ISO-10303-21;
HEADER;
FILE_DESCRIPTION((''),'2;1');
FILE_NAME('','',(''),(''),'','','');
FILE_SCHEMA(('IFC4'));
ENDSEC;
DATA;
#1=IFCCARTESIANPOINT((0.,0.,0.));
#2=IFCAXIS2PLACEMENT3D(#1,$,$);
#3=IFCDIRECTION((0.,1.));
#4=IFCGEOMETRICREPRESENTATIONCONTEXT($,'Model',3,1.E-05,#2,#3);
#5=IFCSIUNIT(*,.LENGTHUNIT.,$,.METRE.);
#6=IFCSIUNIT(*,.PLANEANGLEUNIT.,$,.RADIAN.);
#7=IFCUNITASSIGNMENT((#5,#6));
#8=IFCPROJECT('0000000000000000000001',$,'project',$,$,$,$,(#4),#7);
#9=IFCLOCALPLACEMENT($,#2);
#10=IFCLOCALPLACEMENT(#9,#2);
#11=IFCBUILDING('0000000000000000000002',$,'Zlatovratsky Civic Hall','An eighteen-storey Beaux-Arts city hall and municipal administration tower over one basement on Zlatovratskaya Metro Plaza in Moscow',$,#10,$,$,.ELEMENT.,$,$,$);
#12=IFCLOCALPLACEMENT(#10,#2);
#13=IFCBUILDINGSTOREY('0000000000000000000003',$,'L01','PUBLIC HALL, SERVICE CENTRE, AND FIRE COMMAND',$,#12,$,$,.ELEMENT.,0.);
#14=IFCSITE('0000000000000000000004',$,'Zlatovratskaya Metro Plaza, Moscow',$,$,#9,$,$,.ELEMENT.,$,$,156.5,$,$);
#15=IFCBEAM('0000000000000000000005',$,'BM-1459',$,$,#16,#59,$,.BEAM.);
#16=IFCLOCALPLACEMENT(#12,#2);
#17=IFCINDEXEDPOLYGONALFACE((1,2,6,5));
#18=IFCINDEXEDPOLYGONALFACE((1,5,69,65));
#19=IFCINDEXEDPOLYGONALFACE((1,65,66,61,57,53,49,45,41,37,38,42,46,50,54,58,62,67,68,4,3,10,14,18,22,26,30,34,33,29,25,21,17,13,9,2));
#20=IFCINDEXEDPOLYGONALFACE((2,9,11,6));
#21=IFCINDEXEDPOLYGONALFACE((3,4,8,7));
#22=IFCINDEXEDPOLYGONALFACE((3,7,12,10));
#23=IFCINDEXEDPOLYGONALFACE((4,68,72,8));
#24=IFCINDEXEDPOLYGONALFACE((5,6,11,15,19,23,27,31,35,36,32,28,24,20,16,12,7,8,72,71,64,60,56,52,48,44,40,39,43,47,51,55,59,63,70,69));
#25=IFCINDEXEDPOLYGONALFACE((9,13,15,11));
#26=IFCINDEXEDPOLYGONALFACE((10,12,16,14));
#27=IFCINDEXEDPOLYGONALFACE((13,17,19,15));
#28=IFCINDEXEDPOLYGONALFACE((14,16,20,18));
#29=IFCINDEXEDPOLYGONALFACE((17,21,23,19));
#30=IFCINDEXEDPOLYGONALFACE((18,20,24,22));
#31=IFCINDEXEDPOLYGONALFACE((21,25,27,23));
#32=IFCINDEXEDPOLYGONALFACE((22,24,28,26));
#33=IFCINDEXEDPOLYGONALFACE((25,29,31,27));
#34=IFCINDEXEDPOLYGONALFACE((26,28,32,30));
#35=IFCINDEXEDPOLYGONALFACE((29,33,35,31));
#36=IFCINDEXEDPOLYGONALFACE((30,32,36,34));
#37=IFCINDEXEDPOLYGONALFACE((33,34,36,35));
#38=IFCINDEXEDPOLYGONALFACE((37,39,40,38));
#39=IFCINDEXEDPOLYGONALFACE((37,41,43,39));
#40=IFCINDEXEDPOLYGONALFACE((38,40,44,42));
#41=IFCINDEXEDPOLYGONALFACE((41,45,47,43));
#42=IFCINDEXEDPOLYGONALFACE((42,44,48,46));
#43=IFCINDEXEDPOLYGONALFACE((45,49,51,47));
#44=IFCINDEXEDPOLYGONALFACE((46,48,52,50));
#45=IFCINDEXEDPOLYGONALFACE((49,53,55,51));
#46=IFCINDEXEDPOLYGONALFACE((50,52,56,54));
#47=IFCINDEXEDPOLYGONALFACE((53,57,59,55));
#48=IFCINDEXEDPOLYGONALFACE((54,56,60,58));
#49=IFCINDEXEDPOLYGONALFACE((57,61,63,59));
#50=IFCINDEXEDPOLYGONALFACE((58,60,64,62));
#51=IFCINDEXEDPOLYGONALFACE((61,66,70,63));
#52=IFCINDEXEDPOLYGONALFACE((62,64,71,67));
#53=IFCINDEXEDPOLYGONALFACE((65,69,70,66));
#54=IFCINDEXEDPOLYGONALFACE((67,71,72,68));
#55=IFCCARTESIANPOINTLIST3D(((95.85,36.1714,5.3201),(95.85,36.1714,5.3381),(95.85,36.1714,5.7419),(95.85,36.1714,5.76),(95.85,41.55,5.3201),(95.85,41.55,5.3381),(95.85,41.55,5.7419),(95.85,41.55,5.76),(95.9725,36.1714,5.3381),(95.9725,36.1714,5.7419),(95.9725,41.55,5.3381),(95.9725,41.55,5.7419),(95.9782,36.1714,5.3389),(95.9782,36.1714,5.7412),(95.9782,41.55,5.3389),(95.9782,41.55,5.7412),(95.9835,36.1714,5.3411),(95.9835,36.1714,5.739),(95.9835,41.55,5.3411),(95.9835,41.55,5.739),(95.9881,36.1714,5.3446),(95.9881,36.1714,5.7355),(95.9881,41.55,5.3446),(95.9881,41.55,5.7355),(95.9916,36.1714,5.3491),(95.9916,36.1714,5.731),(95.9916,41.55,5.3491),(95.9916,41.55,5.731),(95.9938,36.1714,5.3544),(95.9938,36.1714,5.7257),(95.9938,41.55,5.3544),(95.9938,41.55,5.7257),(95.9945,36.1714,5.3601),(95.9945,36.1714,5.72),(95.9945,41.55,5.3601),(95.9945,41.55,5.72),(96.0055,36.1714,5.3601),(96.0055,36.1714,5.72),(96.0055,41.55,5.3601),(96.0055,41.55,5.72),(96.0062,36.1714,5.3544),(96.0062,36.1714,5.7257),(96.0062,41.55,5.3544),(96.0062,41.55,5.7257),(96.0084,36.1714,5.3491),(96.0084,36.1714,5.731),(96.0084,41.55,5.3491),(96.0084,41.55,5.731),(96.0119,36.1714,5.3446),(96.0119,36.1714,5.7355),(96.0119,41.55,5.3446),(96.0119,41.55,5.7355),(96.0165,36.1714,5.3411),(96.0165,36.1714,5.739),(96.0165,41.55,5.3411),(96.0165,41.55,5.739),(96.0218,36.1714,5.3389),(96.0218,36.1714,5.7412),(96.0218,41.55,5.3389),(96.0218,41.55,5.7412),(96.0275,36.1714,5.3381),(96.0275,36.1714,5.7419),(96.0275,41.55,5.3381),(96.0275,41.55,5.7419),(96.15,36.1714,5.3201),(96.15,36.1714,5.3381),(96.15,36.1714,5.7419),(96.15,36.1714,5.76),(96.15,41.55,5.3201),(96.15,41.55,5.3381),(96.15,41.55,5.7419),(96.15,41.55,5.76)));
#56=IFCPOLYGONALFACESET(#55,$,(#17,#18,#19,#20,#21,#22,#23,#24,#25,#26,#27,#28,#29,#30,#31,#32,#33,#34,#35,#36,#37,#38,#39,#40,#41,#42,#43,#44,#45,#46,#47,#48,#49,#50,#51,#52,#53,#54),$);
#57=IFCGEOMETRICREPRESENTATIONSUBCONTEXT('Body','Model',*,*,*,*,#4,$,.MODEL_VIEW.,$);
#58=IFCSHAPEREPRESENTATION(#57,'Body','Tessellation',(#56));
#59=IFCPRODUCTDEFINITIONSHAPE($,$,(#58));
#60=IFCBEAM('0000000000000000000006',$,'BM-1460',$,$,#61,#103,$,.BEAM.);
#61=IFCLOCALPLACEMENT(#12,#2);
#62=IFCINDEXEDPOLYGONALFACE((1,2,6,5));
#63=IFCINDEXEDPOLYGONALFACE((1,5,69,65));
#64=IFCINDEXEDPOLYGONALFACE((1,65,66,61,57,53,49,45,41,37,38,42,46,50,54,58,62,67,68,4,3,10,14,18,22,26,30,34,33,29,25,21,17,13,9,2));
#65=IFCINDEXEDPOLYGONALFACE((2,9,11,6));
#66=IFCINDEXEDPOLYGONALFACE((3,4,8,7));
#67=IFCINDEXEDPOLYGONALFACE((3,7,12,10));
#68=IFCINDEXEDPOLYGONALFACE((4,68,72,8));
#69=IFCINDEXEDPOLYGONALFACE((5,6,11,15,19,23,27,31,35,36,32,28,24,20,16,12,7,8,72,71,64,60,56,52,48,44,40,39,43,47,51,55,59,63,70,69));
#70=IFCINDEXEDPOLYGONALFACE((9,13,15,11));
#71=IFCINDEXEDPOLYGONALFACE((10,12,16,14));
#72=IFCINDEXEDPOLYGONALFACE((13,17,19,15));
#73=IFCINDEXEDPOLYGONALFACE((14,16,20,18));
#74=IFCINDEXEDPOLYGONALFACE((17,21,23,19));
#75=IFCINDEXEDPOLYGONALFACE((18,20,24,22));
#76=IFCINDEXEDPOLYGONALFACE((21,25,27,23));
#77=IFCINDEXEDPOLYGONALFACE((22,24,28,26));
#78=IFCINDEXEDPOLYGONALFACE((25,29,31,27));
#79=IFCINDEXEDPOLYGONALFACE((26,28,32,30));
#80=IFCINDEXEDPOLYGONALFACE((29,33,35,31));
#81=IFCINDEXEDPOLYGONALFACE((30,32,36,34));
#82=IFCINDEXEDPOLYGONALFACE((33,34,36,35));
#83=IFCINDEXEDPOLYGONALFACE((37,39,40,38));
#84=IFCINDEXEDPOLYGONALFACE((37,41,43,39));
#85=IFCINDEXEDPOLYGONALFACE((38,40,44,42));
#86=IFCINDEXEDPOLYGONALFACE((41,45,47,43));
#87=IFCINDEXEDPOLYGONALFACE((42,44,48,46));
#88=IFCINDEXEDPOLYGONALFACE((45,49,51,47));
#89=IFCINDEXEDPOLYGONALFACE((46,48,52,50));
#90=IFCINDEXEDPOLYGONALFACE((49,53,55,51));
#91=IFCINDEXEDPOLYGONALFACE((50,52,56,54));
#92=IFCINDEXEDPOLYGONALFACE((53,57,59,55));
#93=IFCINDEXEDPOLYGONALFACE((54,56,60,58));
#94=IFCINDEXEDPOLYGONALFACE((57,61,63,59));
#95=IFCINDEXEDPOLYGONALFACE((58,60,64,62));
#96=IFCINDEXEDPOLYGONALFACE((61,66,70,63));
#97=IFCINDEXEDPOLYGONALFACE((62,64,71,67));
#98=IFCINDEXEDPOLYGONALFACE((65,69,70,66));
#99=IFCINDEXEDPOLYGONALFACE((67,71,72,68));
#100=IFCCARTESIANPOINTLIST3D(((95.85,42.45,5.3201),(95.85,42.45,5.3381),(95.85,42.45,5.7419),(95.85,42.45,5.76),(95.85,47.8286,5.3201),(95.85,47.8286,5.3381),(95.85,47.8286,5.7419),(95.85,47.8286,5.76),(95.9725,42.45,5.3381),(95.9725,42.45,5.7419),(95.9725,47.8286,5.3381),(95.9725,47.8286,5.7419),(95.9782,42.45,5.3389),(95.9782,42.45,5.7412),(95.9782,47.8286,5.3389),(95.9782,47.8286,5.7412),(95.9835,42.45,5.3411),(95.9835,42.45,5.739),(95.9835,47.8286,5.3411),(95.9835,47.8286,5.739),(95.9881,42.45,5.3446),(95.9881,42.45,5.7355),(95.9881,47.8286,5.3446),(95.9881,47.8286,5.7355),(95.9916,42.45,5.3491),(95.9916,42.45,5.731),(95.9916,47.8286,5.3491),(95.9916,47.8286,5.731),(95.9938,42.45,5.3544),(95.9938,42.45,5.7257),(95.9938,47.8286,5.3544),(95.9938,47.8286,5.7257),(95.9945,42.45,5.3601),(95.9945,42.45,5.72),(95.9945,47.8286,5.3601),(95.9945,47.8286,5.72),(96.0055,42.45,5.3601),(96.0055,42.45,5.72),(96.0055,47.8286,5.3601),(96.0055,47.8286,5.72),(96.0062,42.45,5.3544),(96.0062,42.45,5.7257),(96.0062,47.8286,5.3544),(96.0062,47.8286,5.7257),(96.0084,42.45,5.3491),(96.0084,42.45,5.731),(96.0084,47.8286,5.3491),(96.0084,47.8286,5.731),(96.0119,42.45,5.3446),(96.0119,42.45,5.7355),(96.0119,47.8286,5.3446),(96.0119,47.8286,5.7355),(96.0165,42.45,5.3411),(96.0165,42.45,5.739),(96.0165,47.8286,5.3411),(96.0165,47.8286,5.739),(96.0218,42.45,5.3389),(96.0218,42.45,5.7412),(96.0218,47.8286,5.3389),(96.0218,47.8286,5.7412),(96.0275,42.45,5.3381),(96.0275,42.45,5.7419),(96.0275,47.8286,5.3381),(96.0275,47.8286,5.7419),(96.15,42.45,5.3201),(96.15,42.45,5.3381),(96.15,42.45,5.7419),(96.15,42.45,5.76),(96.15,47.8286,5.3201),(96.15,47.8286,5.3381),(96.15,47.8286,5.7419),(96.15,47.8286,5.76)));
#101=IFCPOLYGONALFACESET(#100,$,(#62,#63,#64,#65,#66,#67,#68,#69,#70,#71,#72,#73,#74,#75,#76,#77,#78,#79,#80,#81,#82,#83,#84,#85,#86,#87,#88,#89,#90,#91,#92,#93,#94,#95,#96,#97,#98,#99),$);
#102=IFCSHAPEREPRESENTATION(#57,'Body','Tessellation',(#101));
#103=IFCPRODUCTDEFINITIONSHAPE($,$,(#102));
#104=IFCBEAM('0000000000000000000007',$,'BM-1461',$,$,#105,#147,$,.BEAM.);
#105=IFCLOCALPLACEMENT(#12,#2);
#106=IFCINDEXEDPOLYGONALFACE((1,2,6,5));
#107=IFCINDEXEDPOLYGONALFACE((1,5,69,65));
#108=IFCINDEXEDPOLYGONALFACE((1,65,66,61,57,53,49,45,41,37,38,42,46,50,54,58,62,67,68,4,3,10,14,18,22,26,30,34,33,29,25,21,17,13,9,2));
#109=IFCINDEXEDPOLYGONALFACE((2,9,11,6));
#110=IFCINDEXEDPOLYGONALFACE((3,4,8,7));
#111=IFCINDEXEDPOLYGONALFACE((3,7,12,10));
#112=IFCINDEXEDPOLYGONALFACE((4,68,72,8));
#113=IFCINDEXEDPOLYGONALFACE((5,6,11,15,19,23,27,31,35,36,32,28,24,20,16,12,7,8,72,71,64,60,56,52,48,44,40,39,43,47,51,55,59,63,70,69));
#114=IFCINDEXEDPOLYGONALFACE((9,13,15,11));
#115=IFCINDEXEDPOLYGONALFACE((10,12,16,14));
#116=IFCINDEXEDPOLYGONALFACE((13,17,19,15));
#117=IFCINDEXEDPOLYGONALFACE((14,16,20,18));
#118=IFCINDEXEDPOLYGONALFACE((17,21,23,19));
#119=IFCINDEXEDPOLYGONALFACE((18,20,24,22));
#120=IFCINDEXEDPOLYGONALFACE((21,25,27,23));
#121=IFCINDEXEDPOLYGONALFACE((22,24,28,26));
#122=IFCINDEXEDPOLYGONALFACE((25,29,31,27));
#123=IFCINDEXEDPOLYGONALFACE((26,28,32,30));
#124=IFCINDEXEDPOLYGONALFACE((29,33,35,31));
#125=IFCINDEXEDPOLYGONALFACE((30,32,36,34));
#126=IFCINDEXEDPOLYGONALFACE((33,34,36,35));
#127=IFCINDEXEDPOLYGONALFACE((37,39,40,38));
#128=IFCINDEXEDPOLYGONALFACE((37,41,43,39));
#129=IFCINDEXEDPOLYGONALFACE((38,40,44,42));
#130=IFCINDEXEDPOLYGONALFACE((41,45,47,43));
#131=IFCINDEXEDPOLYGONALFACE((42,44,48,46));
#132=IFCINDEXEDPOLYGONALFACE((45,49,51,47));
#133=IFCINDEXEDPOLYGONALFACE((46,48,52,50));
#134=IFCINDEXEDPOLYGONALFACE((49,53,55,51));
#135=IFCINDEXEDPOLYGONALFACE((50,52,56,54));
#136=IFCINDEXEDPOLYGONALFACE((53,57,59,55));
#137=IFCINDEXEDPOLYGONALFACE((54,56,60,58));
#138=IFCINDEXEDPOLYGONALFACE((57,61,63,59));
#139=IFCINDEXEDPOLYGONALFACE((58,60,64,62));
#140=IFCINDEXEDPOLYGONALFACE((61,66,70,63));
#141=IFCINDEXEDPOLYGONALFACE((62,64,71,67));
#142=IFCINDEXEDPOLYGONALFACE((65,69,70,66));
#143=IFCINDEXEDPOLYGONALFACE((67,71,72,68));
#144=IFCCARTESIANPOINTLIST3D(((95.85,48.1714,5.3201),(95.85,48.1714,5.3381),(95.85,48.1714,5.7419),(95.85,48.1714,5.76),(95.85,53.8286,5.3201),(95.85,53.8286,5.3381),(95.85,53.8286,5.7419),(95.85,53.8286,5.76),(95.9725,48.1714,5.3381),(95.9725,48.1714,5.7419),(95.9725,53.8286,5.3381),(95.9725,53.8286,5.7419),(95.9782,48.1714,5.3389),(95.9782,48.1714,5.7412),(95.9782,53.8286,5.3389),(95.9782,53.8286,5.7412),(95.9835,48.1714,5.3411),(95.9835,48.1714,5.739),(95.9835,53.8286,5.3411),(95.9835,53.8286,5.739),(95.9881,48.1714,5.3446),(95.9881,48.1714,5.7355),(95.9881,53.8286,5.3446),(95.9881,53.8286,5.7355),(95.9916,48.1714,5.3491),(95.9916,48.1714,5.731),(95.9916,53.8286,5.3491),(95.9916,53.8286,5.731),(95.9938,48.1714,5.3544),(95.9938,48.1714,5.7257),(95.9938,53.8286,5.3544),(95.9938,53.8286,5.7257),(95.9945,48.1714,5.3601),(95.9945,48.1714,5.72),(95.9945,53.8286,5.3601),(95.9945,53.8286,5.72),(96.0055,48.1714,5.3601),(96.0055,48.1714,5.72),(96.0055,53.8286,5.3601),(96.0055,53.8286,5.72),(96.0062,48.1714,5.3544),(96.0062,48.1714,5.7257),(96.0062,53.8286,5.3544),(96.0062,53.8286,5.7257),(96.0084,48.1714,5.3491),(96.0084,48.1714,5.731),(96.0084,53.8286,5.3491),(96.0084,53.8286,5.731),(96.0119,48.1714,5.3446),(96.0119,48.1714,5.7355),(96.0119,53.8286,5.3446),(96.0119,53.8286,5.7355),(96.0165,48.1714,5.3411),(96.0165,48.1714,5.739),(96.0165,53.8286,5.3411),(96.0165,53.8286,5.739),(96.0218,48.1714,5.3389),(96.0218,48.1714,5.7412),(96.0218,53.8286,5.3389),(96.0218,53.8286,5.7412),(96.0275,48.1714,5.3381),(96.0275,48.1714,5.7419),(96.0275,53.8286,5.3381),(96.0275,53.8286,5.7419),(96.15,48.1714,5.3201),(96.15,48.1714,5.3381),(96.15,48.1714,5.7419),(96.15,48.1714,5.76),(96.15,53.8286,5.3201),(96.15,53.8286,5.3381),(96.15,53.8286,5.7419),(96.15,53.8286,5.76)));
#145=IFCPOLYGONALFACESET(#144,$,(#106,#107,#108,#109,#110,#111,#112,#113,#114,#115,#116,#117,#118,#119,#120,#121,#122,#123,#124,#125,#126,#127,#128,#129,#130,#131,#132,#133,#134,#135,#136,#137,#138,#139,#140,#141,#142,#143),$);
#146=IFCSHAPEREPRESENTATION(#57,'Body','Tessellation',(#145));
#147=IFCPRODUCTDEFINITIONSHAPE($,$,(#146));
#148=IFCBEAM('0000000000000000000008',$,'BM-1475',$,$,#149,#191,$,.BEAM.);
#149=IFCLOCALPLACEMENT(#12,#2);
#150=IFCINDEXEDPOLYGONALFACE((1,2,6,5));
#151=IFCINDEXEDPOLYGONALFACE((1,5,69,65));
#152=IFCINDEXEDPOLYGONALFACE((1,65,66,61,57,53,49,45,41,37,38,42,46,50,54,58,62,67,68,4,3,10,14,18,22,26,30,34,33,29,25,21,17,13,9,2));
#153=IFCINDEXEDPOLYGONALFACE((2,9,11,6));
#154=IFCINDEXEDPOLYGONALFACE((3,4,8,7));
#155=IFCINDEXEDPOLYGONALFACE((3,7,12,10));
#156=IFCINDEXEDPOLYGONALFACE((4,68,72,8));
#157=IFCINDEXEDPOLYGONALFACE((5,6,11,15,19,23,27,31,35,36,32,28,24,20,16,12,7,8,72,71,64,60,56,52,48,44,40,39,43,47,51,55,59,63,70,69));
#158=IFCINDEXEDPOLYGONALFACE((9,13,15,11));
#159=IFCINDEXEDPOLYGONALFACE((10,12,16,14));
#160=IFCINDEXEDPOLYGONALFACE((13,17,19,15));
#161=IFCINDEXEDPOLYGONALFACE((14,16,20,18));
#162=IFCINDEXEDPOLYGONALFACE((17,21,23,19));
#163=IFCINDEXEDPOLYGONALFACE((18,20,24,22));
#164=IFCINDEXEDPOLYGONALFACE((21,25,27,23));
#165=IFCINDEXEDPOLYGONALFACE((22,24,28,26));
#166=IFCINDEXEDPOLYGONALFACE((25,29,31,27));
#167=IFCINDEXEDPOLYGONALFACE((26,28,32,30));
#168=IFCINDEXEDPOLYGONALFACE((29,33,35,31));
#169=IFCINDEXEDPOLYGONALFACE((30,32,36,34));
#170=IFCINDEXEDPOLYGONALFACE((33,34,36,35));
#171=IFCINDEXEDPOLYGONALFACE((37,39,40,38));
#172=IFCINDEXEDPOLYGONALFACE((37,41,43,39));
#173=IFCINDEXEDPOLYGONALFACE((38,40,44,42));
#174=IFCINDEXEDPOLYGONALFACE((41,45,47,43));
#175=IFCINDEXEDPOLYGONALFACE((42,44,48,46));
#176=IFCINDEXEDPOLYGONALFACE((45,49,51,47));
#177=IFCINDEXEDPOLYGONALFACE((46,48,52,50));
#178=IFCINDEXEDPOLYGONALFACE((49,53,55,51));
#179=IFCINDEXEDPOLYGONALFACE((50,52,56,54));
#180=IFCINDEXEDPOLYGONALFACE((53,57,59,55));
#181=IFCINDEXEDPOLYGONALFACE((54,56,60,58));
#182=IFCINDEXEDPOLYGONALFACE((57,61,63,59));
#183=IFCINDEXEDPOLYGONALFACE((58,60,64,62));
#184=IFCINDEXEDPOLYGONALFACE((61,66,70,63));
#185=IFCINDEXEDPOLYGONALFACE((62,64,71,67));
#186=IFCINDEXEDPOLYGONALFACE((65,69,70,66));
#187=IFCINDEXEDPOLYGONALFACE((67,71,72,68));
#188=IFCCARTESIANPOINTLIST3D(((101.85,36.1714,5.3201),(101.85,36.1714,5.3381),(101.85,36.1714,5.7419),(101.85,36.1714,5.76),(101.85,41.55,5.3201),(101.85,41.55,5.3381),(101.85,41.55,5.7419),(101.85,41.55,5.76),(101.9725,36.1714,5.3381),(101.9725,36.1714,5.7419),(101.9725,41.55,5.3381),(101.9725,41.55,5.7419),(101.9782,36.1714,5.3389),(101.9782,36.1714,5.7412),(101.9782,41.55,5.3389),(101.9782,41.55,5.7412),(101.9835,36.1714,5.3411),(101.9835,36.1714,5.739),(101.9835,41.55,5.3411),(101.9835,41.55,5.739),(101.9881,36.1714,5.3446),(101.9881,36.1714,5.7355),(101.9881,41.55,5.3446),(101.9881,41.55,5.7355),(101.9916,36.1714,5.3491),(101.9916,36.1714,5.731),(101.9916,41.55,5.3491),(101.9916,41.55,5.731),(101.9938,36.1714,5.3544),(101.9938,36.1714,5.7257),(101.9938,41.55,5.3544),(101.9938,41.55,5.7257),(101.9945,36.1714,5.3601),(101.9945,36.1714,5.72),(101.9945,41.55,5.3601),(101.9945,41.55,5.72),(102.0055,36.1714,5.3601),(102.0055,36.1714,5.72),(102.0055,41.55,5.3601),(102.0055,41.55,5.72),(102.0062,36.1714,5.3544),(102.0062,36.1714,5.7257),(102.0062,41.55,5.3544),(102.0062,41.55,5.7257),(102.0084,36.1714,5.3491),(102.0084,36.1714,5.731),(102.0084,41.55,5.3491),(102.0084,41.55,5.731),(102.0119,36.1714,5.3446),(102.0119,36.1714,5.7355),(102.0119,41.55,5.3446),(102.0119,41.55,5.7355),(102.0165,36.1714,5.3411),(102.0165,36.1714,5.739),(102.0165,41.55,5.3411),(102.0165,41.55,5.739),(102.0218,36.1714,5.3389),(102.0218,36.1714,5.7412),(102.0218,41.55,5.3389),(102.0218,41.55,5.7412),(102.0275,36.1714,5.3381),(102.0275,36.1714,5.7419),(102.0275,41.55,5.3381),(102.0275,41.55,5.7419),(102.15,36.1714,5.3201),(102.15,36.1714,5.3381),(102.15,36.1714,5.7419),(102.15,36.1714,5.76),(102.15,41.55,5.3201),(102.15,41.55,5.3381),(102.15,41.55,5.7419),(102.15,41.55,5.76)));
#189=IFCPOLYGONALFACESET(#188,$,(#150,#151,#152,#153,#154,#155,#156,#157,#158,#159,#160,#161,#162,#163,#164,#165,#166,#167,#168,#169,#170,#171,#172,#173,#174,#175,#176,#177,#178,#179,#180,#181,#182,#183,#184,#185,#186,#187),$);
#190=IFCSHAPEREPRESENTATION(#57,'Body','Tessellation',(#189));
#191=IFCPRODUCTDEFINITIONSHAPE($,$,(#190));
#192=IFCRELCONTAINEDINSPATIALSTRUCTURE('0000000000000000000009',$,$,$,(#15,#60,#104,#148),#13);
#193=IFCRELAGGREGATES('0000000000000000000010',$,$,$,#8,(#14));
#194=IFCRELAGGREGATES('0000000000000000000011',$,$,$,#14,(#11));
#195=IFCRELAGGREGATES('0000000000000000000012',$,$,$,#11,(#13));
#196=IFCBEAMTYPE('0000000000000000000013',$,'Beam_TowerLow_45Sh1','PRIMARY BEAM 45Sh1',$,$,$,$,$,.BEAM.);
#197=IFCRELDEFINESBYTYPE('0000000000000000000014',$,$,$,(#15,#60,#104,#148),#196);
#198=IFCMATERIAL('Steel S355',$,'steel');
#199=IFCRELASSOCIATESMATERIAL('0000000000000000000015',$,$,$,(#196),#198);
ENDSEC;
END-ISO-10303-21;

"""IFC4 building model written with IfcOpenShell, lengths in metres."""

from ifc_helpers import new_model, si_unit, direction, frame, origin, origin_2d, place, context, subcontext, project, spatial, i_section, extrude, material, material_profile, profile_set, type_object, element, save


model = new_model("IFC4")

# Units and contexts
model_context = context("Model", 3, precision=1e-05, world=origin(), true_north=direction((0.0, 1.0)))
body_context = subcontext(model_context, "Body", "Model", "MODEL_VIEW")
ifc_project = project(units=[si_unit("LENGTHUNIT", "METRE"), si_unit("PLANEANGLEUNIT", "RADIAN")], contexts=[model_context])

# Site, building, storey
site_placement = place(None, origin())
site = spatial("IfcSite", under=ifc_project, at=site_placement, Name="Zlatovratskaya Metro Plaza, Moscow", CompositionType="ELEMENT", RefElevation=156.5)
building_placement = place(site_placement, origin())
building = spatial("IfcBuilding", under=site, at=building_placement, Name="Zlatovratsky Civic Hall", Description="An eighteen-storey Beaux-Arts city hall and municipal administration tower over one basement on Zlatovratskaya Metro Plaza in Moscow", CompositionType="ELEMENT")
storey_placement = place(building_placement, origin())
storey = spatial("IfcBuildingStorey", under=building, at=storey_placement, Name="L01", Description="PUBLIC HALL, SERVICE CENTRE, AND FIRE COMMAND", CompositionType="ELEMENT", Elevation=0.0)

# Shared definitions
ifc_material_1 = material(Name="Steel S355", Category="steel")

# Beams
ifc_material_profile_1 = material_profile(ifc_material_1, i_section(OverallWidth=0.3, OverallDepth=0.4399, WebThickness=0.011, FlangeThickness=0.0181, FilletRadius=0.022, at=origin_2d()), Name="45Sh1")
ifc_profile_set_1 = profile_set([ifc_material_profile_1], Name="Steel S355")
beam_type = type_object("IfcBeamType", Name="Beam_TowerLow_45Sh1", Description="PRIMARY BEAM 45Sh1", PredefinedType="BEAM", material=ifc_profile_set_1)
for number, where, z_axis, x_axis, name in (
    (1, (96.0, 36.1714, 5.54), (0.0, 1.0, 0.0), (-1.0, 0.0, 0.0), "BM-1459"),
    (2, (96.0, 42.45, 5.54), (0.0, 1.0, 0.0), (-1.0, 0.0, 0.0), "BM-1460"),
):
    element("IfcBeam", number, at=place(storey_placement, frame(where, z_axis=z_axis, x_axis=x_axis)), inside=storey, type_object=beam_type, Name=name, PredefinedType="BEAM", context=body_context, shape_type="SweptSolid", body=[
        extrude(i_section(OverallWidth=0.3, OverallDepth=0.4399, WebThickness=0.011, FlangeThickness=0.0181, FilletRadius=0.022, at=origin_2d()), origin(), (0.0, 0.0, 1.0), 5.3787),
    ])
beam_1_placement = place(storey_placement, frame((96.0, 48.1714, 5.54), z_axis=(0.0, 1.0, 0.0), x_axis=(-1.0, 0.0, 0.0)))
element("IfcBeam", 3, at=beam_1_placement, inside=storey, type_object=beam_type, Name="BM-1461", PredefinedType="BEAM", context=body_context, shape_type="SweptSolid", body=[
    extrude(i_section(OverallWidth=0.3, OverallDepth=0.4399, WebThickness=0.011, FlangeThickness=0.0181, FilletRadius=0.022, at=origin_2d()), origin(), (0.0, 0.0, 1.0), 5.6572),
])
beam_2_placement = place(storey_placement, frame((102.0, 36.1714, 5.54), z_axis=(0.0, 1.0, 0.0), x_axis=(-1.0, 0.0, 0.0)))
element("IfcBeam", 4, at=beam_2_placement, inside=storey, type_object=beam_type, Name="BM-1475", PredefinedType="BEAM", context=body_context, shape_type="SweptSolid", body=[
    extrude(i_section(OverallWidth=0.3, OverallDepth=0.4399, WebThickness=0.011, FlangeThickness=0.0181, FilletRadius=0.022, at=origin_2d()), origin(), (0.0, 0.0, 1.0), 5.3787),
])

save(model, "model.ifc")
